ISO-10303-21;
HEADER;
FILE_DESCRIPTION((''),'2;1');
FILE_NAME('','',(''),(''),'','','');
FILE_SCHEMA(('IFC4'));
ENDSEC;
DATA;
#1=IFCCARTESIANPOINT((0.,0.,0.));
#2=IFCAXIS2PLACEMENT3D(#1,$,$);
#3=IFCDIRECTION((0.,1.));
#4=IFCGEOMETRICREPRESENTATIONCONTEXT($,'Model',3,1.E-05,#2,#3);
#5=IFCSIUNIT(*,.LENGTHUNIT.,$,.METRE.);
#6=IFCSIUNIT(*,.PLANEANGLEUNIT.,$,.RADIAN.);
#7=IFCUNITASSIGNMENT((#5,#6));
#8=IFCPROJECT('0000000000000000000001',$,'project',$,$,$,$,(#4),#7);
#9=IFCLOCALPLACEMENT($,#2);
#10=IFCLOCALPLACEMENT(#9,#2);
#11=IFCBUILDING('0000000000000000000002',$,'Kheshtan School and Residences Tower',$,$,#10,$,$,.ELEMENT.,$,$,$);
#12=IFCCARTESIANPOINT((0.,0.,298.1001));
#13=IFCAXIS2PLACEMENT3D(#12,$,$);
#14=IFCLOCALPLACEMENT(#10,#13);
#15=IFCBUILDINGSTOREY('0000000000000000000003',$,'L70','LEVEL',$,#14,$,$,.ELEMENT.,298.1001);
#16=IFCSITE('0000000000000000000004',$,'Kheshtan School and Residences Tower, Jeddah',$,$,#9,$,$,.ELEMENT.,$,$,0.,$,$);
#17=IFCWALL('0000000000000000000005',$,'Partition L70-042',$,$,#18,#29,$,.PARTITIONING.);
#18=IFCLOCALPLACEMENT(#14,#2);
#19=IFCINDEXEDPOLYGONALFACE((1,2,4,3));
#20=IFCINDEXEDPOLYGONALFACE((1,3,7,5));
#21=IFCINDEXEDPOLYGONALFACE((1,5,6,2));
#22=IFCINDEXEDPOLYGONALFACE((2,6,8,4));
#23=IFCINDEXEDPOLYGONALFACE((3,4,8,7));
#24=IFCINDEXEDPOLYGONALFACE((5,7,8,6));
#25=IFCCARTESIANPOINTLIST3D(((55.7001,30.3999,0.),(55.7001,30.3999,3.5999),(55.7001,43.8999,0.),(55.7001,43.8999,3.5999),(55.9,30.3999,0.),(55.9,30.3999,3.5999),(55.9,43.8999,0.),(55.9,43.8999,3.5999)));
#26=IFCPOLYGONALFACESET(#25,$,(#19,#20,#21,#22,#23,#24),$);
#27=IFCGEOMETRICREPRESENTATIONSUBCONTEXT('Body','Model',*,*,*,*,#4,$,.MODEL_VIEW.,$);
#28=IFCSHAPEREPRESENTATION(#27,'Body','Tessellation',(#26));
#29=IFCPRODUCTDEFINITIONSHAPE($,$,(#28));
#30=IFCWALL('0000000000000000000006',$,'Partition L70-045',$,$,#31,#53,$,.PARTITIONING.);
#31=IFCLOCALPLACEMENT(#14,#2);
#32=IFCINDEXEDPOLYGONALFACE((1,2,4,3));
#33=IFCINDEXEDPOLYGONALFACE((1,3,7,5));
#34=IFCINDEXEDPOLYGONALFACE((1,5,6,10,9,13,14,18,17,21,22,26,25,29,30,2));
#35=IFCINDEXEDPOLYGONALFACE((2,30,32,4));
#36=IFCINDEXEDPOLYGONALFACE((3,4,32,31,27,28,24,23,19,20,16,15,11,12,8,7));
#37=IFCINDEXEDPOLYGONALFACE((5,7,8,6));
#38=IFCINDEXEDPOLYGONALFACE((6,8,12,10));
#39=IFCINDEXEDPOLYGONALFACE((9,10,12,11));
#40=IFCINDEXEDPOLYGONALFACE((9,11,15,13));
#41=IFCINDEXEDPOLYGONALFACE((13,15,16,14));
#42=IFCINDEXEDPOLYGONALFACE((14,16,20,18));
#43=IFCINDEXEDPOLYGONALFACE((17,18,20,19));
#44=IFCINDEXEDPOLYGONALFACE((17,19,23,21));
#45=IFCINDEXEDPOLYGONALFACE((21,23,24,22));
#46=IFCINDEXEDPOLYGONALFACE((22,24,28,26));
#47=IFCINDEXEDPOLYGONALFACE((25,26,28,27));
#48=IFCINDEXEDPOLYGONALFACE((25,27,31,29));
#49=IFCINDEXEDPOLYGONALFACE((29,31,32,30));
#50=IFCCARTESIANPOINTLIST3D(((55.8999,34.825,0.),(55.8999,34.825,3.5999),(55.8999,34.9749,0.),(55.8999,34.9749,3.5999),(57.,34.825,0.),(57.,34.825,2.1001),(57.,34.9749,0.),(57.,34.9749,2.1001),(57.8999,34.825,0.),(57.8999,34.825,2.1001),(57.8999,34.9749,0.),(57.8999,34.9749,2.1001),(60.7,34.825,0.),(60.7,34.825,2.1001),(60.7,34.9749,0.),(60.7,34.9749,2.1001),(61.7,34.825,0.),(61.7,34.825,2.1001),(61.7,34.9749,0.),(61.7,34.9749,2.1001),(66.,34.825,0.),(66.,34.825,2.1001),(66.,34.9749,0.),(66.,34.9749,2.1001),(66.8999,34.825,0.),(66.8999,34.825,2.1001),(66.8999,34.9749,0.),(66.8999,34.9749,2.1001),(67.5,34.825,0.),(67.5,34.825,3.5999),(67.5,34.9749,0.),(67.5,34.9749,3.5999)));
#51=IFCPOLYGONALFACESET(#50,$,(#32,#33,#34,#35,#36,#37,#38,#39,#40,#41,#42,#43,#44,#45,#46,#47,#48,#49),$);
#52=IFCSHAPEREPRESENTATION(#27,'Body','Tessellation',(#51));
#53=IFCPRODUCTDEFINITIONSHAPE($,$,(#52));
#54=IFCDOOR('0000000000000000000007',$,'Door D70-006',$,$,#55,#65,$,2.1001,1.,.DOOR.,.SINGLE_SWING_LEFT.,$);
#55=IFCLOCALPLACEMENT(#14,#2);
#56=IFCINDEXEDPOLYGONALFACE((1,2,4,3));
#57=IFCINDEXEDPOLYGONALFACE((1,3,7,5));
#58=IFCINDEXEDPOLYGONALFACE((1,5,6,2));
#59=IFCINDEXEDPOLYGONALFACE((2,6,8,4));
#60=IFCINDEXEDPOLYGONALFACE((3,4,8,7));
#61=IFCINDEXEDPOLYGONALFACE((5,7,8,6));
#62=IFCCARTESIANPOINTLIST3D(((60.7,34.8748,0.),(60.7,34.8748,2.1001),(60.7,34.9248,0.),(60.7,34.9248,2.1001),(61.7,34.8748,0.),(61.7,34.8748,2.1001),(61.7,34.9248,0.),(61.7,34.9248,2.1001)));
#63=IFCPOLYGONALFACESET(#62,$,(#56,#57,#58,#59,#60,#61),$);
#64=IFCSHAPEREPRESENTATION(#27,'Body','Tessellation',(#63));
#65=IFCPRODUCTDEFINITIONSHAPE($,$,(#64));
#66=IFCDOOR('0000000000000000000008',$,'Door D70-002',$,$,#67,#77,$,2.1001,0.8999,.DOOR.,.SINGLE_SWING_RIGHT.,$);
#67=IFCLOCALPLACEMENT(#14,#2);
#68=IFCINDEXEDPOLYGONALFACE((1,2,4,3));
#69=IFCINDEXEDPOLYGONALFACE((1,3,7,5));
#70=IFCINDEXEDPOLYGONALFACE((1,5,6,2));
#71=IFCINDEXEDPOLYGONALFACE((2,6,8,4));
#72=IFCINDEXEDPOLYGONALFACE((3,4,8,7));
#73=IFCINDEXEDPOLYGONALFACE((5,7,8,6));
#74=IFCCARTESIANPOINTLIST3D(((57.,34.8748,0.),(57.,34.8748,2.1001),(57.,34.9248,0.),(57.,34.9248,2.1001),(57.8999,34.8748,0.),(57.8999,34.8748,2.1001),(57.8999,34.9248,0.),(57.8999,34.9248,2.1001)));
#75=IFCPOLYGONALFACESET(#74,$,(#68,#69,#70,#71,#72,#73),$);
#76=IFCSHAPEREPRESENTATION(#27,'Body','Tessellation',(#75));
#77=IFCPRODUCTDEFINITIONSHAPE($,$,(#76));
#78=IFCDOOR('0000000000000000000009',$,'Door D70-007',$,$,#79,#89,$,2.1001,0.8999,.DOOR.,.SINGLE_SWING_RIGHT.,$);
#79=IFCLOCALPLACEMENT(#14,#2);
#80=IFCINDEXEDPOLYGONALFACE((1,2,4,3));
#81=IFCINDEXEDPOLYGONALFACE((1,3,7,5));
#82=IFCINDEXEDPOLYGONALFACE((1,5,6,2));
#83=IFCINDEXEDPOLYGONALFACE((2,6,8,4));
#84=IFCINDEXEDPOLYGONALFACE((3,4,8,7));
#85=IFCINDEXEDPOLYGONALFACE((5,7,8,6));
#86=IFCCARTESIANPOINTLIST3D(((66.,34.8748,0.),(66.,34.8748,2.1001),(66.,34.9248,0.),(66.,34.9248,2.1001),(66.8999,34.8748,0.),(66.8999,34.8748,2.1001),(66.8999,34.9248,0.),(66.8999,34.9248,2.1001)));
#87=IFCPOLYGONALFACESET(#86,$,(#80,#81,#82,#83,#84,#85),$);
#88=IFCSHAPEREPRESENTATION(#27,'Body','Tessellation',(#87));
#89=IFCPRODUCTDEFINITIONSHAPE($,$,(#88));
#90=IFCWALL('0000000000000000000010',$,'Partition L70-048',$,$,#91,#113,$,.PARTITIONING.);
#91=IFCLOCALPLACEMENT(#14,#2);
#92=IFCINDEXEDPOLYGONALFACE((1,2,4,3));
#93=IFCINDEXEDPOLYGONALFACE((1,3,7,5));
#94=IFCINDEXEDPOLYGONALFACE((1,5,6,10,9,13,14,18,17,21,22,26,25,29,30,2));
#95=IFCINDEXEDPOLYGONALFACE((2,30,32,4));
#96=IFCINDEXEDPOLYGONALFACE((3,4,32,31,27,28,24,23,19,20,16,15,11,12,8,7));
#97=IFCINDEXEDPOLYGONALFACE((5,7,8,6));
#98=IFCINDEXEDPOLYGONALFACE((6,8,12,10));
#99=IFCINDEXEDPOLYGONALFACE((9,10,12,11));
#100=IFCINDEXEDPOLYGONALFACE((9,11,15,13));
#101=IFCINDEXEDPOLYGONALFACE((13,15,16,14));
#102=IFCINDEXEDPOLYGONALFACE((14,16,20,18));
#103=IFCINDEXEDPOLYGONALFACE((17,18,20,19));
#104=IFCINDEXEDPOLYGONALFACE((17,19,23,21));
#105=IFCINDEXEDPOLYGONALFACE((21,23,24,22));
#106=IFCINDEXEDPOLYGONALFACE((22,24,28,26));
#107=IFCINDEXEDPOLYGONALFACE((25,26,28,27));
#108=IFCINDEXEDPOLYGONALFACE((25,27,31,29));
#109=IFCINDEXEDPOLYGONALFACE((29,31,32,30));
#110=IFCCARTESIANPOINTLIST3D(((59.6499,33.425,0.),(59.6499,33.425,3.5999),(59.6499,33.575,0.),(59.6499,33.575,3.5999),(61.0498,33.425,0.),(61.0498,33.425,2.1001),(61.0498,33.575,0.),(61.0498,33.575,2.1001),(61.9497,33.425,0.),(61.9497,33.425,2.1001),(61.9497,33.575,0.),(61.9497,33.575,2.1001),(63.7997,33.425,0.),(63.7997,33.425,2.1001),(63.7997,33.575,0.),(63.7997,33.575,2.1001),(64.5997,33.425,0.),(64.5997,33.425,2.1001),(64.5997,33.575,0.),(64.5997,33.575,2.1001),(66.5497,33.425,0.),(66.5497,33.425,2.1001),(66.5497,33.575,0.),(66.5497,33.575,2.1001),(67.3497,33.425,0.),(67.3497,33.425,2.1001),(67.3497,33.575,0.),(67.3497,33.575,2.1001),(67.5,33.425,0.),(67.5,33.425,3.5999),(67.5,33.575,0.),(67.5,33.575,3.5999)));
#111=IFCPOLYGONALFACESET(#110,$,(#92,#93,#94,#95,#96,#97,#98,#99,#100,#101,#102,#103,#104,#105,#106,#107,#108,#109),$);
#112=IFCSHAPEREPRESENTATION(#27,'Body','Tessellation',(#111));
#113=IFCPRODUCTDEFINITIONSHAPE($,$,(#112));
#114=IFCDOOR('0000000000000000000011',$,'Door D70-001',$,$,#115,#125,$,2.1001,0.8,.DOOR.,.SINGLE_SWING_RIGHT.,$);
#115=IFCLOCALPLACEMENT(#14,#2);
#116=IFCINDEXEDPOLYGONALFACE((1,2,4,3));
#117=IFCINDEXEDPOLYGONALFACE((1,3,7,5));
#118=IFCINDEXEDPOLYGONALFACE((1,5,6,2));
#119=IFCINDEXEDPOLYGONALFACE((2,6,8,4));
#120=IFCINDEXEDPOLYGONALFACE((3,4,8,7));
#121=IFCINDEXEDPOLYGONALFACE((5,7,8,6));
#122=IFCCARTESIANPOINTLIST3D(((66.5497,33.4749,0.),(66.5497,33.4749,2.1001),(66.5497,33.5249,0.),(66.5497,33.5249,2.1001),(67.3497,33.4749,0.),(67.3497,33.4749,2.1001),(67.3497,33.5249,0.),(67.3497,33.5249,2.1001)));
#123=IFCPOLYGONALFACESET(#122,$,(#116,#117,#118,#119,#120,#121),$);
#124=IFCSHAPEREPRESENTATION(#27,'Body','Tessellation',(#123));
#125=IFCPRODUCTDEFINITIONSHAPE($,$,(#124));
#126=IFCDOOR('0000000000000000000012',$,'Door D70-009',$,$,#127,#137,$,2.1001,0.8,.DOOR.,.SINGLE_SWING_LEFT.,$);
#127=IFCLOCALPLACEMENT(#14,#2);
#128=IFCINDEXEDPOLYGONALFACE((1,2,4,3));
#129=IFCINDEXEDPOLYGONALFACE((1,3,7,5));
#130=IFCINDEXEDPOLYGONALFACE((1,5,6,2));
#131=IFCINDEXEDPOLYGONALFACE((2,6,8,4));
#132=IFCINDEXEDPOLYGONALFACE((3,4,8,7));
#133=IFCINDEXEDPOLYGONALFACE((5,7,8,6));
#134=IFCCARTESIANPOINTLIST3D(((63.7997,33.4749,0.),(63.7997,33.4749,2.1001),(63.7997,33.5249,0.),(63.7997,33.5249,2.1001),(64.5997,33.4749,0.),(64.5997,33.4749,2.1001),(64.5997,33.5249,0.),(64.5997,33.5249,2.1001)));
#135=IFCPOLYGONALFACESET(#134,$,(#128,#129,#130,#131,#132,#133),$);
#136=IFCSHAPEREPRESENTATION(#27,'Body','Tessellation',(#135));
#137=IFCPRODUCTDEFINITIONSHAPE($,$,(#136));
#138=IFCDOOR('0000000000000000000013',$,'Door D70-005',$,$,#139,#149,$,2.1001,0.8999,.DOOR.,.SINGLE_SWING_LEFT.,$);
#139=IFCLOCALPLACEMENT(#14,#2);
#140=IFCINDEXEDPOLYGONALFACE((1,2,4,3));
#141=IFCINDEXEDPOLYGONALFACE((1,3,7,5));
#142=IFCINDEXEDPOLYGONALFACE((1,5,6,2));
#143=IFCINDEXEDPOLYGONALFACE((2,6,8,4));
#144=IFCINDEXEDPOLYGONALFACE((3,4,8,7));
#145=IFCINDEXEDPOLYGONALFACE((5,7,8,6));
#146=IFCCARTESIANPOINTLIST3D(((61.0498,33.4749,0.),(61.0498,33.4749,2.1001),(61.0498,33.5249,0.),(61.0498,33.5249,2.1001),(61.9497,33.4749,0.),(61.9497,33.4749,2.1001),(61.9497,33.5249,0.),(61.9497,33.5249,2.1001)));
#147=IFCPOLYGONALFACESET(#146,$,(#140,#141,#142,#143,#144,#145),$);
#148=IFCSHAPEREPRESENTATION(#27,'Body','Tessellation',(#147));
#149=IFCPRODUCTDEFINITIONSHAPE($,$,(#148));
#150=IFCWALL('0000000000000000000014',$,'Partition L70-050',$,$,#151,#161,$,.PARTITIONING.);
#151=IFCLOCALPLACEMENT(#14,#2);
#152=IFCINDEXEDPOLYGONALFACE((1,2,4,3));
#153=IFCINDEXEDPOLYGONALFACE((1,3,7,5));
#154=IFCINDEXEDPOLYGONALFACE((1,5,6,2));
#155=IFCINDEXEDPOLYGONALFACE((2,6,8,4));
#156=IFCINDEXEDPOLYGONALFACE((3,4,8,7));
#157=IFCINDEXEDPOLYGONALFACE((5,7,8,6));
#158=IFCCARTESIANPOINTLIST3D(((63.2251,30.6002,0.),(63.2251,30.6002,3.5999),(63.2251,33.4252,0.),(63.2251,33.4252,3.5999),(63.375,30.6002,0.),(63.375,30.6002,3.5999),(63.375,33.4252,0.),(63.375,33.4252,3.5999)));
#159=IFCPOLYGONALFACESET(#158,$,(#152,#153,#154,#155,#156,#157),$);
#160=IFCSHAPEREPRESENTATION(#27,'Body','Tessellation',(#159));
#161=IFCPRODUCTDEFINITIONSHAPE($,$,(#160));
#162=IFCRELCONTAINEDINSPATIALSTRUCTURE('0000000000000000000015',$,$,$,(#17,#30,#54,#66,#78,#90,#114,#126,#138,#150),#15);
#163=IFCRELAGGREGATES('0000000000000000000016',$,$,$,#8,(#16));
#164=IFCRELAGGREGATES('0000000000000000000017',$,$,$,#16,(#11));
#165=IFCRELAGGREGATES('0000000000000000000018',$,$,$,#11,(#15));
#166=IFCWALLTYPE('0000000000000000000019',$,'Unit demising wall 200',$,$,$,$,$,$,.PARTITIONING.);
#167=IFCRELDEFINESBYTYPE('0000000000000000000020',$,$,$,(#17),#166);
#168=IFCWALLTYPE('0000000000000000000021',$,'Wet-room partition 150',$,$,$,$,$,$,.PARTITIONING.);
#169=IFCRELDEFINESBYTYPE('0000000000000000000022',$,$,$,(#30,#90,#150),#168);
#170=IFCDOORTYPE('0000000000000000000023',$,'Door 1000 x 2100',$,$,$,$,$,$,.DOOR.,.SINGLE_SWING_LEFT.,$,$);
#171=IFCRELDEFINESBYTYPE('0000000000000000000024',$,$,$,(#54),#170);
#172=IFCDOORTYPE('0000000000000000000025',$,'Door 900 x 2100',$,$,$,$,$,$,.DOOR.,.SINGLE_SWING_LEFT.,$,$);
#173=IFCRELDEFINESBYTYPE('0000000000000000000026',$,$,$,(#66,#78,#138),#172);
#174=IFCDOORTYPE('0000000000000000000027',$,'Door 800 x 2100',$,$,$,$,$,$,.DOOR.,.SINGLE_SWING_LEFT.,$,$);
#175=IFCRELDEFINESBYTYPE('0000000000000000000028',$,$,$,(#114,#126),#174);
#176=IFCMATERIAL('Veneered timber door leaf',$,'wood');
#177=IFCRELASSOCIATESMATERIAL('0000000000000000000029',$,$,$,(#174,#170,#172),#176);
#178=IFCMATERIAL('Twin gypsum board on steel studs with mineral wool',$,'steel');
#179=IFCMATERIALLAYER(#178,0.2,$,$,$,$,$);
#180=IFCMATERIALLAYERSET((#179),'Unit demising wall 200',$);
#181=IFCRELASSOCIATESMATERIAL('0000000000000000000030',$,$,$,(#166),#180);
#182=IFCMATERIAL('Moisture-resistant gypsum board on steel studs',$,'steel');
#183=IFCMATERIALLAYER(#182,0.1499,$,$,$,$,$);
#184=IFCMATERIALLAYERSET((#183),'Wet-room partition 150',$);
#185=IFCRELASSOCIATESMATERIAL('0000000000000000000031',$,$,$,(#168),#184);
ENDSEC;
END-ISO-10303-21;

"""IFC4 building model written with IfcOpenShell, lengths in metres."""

from ifc_helpers import new_model, si_unit, direction, frame, frame_2d, origin, place, context, subcontext, project, spatial, rectangle, extrude, source, transform, mapped, material, layer, layer_set, type_object, element, fill, save


model = new_model("IFC4")

# Units and contexts
model_context = context("Model", 3, precision=1e-05, world=origin(), true_north=direction((0.0, 1.0)))
body_context = subcontext(model_context, "Body", "Model", "MODEL_VIEW")
ifc_project = project(units=[si_unit("LENGTHUNIT", "METRE"), si_unit("PLANEANGLEUNIT", "RADIAN")], contexts=[model_context])

# Site, building, storey
site_placement = place(None, origin())
site = spatial("IfcSite", under=ifc_project, at=site_placement, Name="Kheshtan School and Residences Tower, Jeddah", CompositionType="ELEMENT", RefElevation=0.0)
building_placement = place(site_placement, origin())
building = spatial("IfcBuilding", under=site, at=building_placement, Name="Kheshtan School and Residences Tower", CompositionType="ELEMENT")
storey_placement = place(building_placement, frame((0.0, 0.0, 298.1001)))
storey = spatial("IfcBuildingStorey", under=building, at=storey_placement, Name="L70", Description="LEVEL", CompositionType="ELEMENT", Elevation=298.1001)

# Shared definitions
ifc_material_1 = material(Name="Veneered timber door leaf", Category="wood")
door_type_1 = type_object("IfcDoorType", Name="Door 800 x 2100", OperationType="SINGLE_SWING_LEFT", PredefinedType="DOOR", material=ifc_material_1)
shared_shape_1 = source(origin(), body_context, "Body", "SweptSolid", [
    extrude(rectangle(XDim=0.8, YDim=2.1001, at=frame_2d((0.3999, 1.05))), frame((0.0, 0.0249, 0.0), z_axis=(0.0, -1.0, 0.0), x_axis=(1.0, 0.0, 0.0)), (0.0, 0.0, 1.0), 0.05),
])

# Wall
ifc_material_2 = material(Name="Twin gypsum board on steel studs with mineral wool", Category="steel")
ifc_layer_1 = layer(ifc_material_2, 0.2)
ifc_layer_set_1 = layer_set([ifc_layer_1], Name="Unit demising wall 200")
wall_type_1 = type_object("IfcWallType", Name="Unit demising wall 200", PredefinedType="PARTITIONING", material=ifc_layer_set_1)
wall_1_placement = place(storey_placement, frame((55.8, 30.3999, 0.0), z_axis=(0.0, 0.0, 1.0), x_axis=(0.0, 1.0, 0.0)))
element("IfcWall", 1, at=wall_1_placement, inside=storey, type_object=wall_type_1, Name="Partition L70-042", PredefinedType="PARTITIONING", context=body_context, shape_type="SweptSolid", body=[
    extrude(rectangle(XDim=13.5, YDim=0.2, at=frame_2d((6.75, 0.0))), origin(), (0.0, 0.0, 1.0), 3.5999),
])

# Walls, openings, doors
ifc_material_3 = material(Name="Moisture-resistant gypsum board on steel studs", Category="steel")
ifc_layer_2 = layer(ifc_material_3, 0.1499)
ifc_layer_set_2 = layer_set([ifc_layer_2], Name="Wet-room partition 150")
wall_type_2 = type_object("IfcWallType", Name="Wet-room partition 150", PredefinedType="PARTITIONING", material=ifc_layer_set_2)
wall_2_placement = place(storey_placement, frame((55.8999, 34.8999, 0.0), z_axis=(0.0, 0.0, 1.0), x_axis=(1.0, 0.0, 0.0)))
wall_2 = element("IfcWall", 2, at=wall_2_placement, inside=storey, type_object=wall_type_2, Name="Partition L70-045", PredefinedType="PARTITIONING", context=body_context, shape_type="SweptSolid", body=[
    extrude(rectangle(XDim=11.6001, YDim=0.1499, at=frame_2d((5.8, 0.0))), origin(), (0.0, 0.0, 1.0), 3.5999),
])
opening_1_placement = place(wall_2_placement, frame((1.1001, 0.0, 0.0)))
opening_1 = element("IfcOpeningElement", 3, at=opening_1_placement, cuts=wall_2, PredefinedType="OPENING", context=body_context, shape_type="SweptSolid", body=[
    extrude(rectangle(XDim=0.8999, YDim=2.1001, at=frame_2d((0.45, 1.05))), frame((0.0, 0.085, 0.0), z_axis=(0.0, -1.0, 0.0), x_axis=(1.0, 0.0, 0.0)), (0.0, 0.0, 1.0), 0.1699),
])
opening_2_placement = place(wall_2_placement, frame((4.8, 0.0, 0.0)))
opening_2 = element("IfcOpeningElement", 4, at=opening_2_placement, cuts=wall_2, PredefinedType="OPENING", context=body_context, shape_type="SweptSolid", body=[
    extrude(rectangle(XDim=1.0, YDim=2.1001, at=frame_2d((0.5, 1.05))), frame((0.0, 0.085, 0.0), z_axis=(0.0, -1.0, 0.0), x_axis=(1.0, 0.0, 0.0)), (0.0, 0.0, 1.0), 0.1699),
])
opening_3_placement = place(wall_2_placement, frame((10.1001, 0.0, 0.0)))
opening_3 = element("IfcOpeningElement", 5, at=opening_3_placement, cuts=wall_2, PredefinedType="OPENING", context=body_context, shape_type="SweptSolid", body=[
    extrude(rectangle(XDim=0.8999, YDim=2.1001, at=frame_2d((0.45, 1.05))), frame((0.0, 0.085, 0.0), z_axis=(0.0, -1.0, 0.0), x_axis=(1.0, 0.0, 0.0)), (0.0, 0.0, 1.0), 0.1699),
])
door_type_2 = type_object("IfcDoorType", Name="Door 1000 x 2100", OperationType="SINGLE_SWING_LEFT", PredefinedType="DOOR", material=ifc_material_1)
shared_shape_2 = source(origin(), body_context, "Body", "SweptSolid", [
    extrude(rectangle(XDim=1.0, YDim=2.1001, at=frame_2d((0.5, 1.05))), frame((0.0, 0.0249, 0.0), z_axis=(0.0, -1.0, 0.0), x_axis=(1.0, 0.0, 0.0)), (0.0, 0.0, 1.0), 0.05),
])
door_1_placement = place(opening_2_placement, origin())
door_1 = element("IfcDoor", 6, at=door_1_placement, inside=storey, type_object=door_type_2, Name="Door D70-006", OperationType="SINGLE_SWING_LEFT", OverallHeight=2.1001, OverallWidth=1.0, PredefinedType="DOOR", context=body_context, shape_type="MappedRepresentation", body=[
    mapped(shared_shape_2, transform((0.0, 0.0, 0.0), x_axis=(1.0, 0.0, 0.0), y_axis=(0.0, 1.0, 0.0), z_axis=(0.0, 0.0, 1.0), scale=1.0)),
])
fill(opening_2, door_1)
door_type_3 = type_object("IfcDoorType", Name="Door 900 x 2100", OperationType="SINGLE_SWING_LEFT", PredefinedType="DOOR", material=ifc_material_1)
shared_shape_3 = source(origin(), body_context, "Body", "SweptSolid", [
    extrude(rectangle(XDim=0.8999, YDim=2.1001, at=frame_2d((0.45, 1.05))), frame((0.0, 0.0249, 0.0), z_axis=(0.0, -1.0, 0.0), x_axis=(1.0, 0.0, 0.0)), (0.0, 0.0, 1.0), 0.05),
])
door_2_placement = place(opening_1_placement, origin())
door_2 = element("IfcDoor", 7, at=door_2_placement, inside=storey, type_object=door_type_3, Name="Door D70-002", OperationType="SINGLE_SWING_RIGHT", OverallHeight=2.1001, OverallWidth=0.8999, PredefinedType="DOOR", context=body_context, shape_type="MappedRepresentation", body=[
    mapped(shared_shape_3, transform((0.0, 0.0, 0.0), x_axis=(1.0, 0.0, 0.0), y_axis=(0.0, 1.0, 0.0), z_axis=(0.0, 0.0, 1.0), scale=1.0)),
])
fill(opening_1, door_2)
door_3_placement = place(opening_3_placement, origin())
door_3 = element("IfcDoor", 8, at=door_3_placement, inside=storey, type_object=door_type_3, Name="Door D70-007", OperationType="SINGLE_SWING_RIGHT", OverallHeight=2.1001, OverallWidth=0.8999, PredefinedType="DOOR", context=body_context, shape_type="MappedRepresentation", body=[
    mapped(shared_shape_3, transform((0.0, 0.0, 0.0), x_axis=(1.0, 0.0, 0.0), y_axis=(0.0, 1.0, 0.0), z_axis=(0.0, 0.0, 1.0), scale=1.0)),
])
fill(opening_3, door_3)
wall_3_placement = place(storey_placement, frame((59.6499, 33.5, 0.0), z_axis=(0.0, 0.0, 1.0), x_axis=(1.0, 0.0, 0.0)))
wall_3 = element("IfcWall", 9, at=wall_3_placement, inside=storey, type_object=wall_type_2, Name="Partition L70-048", PredefinedType="PARTITIONING", context=body_context, shape_type="SweptSolid", body=[
    extrude(rectangle(XDim=7.8501, YDim=0.1499, at=frame_2d((3.925, 0.0))), origin(), (0.0, 0.0, 1.0), 3.5999),
])
opening_4_placement = place(wall_3_placement, frame((6.8999, 0.0, 0.0)))
opening_4 = element("IfcOpeningElement", 10, at=opening_4_placement, cuts=wall_3, PredefinedType="OPENING", context=body_context, shape_type="SweptSolid", body=[
    extrude(rectangle(XDim=0.8, YDim=2.1001, at=frame_2d((0.3999, 1.05))), frame((0.0, 0.085, 0.0), z_axis=(0.0, -1.0, 0.0), x_axis=(1.0, 0.0, 0.0)), (0.0, 0.0, 1.0), 0.1699),
])
opening_5_placement = place(wall_3_placement, frame((1.3999, 0.0, 0.0)))
opening_5 = element("IfcOpeningElement", 11, at=opening_5_placement, cuts=wall_3, PredefinedType="OPENING", context=body_context, shape_type="SweptSolid", body=[
    extrude(rectangle(XDim=0.8999, YDim=2.1001, at=frame_2d((0.45, 1.05))), frame((0.0, 0.085, 0.0), z_axis=(0.0, -1.0, 0.0), x_axis=(1.0, 0.0, 0.0)), (0.0, 0.0, 1.0), 0.1699),
])
opening_6_placement = place(wall_3_placement, frame((4.1499, 0.0, 0.0)))
opening_6 = element("IfcOpeningElement", 12, at=opening_6_placement, cuts=wall_3, PredefinedType="OPENING", context=body_context, shape_type="SweptSolid", body=[
    extrude(rectangle(XDim=0.8, YDim=2.1001, at=frame_2d((0.3999, 1.05))), frame((0.0, 0.085, 0.0), z_axis=(0.0, -1.0, 0.0), x_axis=(1.0, 0.0, 0.0)), (0.0, 0.0, 1.0), 0.1699),
])
door_4_placement = place(opening_4_placement, origin())
door_4 = element("IfcDoor", 13, at=door_4_placement, inside=storey, type_object=door_type_1, Name="Door D70-001", OperationType="SINGLE_SWING_RIGHT", OverallHeight=2.1001, OverallWidth=0.8, PredefinedType="DOOR", context=body_context, shape_type="MappedRepresentation", body=[
    mapped(shared_shape_1, transform((0.0, 0.0, 0.0), x_axis=(1.0, 0.0, 0.0), y_axis=(0.0, 1.0, 0.0), z_axis=(0.0, 0.0, 1.0), scale=1.0)),
])
fill(opening_4, door_4)
door_5_placement = place(opening_6_placement, origin())
door_5 = element("IfcDoor", 14, at=door_5_placement, inside=storey, type_object=door_type_1, Name="Door D70-009", OperationType="SINGLE_SWING_LEFT", OverallHeight=2.1001, OverallWidth=0.8, PredefinedType="DOOR", context=body_context, shape_type="MappedRepresentation", body=[
    mapped(shared_shape_1, transform((0.0, 0.0, 0.0), x_axis=(1.0, 0.0, 0.0), y_axis=(0.0, 1.0, 0.0), z_axis=(0.0, 0.0, 1.0), scale=1.0)),
])
fill(opening_6, door_5)
door_6_placement = place(opening_5_placement, origin())
door_6 = element("IfcDoor", 15, at=door_6_placement, inside=storey, type_object=door_type_3, Name="Door D70-005", OperationType="SINGLE_SWING_LEFT", OverallHeight=2.1001, OverallWidth=0.8999, PredefinedType="DOOR", context=body_context, shape_type="MappedRepresentation", body=[
    mapped(shared_shape_3, transform((0.0, 0.0, 0.0), x_axis=(1.0, 0.0, 0.0), y_axis=(0.0, 1.0, 0.0), z_axis=(0.0, 0.0, 1.0), scale=1.0)),
])
fill(opening_5, door_6)

# Wall
wall_4_placement = place(storey_placement, frame((63.3, 30.6001, 0.0), z_axis=(0.0, 0.0, 1.0), x_axis=(0.0, 1.0, 0.0)))
element("IfcWall", 16, at=wall_4_placement, inside=storey, type_object=wall_type_2, Name="Partition L70-050", PredefinedType="PARTITIONING", context=body_context, shape_type="SweptSolid", body=[
    extrude(rectangle(XDim=2.825, YDim=0.1499, at=frame_2d((1.4126, 0.0))), origin(), (0.0, 0.0, 1.0), 3.5999),
])

save(model, "model.ifc")
